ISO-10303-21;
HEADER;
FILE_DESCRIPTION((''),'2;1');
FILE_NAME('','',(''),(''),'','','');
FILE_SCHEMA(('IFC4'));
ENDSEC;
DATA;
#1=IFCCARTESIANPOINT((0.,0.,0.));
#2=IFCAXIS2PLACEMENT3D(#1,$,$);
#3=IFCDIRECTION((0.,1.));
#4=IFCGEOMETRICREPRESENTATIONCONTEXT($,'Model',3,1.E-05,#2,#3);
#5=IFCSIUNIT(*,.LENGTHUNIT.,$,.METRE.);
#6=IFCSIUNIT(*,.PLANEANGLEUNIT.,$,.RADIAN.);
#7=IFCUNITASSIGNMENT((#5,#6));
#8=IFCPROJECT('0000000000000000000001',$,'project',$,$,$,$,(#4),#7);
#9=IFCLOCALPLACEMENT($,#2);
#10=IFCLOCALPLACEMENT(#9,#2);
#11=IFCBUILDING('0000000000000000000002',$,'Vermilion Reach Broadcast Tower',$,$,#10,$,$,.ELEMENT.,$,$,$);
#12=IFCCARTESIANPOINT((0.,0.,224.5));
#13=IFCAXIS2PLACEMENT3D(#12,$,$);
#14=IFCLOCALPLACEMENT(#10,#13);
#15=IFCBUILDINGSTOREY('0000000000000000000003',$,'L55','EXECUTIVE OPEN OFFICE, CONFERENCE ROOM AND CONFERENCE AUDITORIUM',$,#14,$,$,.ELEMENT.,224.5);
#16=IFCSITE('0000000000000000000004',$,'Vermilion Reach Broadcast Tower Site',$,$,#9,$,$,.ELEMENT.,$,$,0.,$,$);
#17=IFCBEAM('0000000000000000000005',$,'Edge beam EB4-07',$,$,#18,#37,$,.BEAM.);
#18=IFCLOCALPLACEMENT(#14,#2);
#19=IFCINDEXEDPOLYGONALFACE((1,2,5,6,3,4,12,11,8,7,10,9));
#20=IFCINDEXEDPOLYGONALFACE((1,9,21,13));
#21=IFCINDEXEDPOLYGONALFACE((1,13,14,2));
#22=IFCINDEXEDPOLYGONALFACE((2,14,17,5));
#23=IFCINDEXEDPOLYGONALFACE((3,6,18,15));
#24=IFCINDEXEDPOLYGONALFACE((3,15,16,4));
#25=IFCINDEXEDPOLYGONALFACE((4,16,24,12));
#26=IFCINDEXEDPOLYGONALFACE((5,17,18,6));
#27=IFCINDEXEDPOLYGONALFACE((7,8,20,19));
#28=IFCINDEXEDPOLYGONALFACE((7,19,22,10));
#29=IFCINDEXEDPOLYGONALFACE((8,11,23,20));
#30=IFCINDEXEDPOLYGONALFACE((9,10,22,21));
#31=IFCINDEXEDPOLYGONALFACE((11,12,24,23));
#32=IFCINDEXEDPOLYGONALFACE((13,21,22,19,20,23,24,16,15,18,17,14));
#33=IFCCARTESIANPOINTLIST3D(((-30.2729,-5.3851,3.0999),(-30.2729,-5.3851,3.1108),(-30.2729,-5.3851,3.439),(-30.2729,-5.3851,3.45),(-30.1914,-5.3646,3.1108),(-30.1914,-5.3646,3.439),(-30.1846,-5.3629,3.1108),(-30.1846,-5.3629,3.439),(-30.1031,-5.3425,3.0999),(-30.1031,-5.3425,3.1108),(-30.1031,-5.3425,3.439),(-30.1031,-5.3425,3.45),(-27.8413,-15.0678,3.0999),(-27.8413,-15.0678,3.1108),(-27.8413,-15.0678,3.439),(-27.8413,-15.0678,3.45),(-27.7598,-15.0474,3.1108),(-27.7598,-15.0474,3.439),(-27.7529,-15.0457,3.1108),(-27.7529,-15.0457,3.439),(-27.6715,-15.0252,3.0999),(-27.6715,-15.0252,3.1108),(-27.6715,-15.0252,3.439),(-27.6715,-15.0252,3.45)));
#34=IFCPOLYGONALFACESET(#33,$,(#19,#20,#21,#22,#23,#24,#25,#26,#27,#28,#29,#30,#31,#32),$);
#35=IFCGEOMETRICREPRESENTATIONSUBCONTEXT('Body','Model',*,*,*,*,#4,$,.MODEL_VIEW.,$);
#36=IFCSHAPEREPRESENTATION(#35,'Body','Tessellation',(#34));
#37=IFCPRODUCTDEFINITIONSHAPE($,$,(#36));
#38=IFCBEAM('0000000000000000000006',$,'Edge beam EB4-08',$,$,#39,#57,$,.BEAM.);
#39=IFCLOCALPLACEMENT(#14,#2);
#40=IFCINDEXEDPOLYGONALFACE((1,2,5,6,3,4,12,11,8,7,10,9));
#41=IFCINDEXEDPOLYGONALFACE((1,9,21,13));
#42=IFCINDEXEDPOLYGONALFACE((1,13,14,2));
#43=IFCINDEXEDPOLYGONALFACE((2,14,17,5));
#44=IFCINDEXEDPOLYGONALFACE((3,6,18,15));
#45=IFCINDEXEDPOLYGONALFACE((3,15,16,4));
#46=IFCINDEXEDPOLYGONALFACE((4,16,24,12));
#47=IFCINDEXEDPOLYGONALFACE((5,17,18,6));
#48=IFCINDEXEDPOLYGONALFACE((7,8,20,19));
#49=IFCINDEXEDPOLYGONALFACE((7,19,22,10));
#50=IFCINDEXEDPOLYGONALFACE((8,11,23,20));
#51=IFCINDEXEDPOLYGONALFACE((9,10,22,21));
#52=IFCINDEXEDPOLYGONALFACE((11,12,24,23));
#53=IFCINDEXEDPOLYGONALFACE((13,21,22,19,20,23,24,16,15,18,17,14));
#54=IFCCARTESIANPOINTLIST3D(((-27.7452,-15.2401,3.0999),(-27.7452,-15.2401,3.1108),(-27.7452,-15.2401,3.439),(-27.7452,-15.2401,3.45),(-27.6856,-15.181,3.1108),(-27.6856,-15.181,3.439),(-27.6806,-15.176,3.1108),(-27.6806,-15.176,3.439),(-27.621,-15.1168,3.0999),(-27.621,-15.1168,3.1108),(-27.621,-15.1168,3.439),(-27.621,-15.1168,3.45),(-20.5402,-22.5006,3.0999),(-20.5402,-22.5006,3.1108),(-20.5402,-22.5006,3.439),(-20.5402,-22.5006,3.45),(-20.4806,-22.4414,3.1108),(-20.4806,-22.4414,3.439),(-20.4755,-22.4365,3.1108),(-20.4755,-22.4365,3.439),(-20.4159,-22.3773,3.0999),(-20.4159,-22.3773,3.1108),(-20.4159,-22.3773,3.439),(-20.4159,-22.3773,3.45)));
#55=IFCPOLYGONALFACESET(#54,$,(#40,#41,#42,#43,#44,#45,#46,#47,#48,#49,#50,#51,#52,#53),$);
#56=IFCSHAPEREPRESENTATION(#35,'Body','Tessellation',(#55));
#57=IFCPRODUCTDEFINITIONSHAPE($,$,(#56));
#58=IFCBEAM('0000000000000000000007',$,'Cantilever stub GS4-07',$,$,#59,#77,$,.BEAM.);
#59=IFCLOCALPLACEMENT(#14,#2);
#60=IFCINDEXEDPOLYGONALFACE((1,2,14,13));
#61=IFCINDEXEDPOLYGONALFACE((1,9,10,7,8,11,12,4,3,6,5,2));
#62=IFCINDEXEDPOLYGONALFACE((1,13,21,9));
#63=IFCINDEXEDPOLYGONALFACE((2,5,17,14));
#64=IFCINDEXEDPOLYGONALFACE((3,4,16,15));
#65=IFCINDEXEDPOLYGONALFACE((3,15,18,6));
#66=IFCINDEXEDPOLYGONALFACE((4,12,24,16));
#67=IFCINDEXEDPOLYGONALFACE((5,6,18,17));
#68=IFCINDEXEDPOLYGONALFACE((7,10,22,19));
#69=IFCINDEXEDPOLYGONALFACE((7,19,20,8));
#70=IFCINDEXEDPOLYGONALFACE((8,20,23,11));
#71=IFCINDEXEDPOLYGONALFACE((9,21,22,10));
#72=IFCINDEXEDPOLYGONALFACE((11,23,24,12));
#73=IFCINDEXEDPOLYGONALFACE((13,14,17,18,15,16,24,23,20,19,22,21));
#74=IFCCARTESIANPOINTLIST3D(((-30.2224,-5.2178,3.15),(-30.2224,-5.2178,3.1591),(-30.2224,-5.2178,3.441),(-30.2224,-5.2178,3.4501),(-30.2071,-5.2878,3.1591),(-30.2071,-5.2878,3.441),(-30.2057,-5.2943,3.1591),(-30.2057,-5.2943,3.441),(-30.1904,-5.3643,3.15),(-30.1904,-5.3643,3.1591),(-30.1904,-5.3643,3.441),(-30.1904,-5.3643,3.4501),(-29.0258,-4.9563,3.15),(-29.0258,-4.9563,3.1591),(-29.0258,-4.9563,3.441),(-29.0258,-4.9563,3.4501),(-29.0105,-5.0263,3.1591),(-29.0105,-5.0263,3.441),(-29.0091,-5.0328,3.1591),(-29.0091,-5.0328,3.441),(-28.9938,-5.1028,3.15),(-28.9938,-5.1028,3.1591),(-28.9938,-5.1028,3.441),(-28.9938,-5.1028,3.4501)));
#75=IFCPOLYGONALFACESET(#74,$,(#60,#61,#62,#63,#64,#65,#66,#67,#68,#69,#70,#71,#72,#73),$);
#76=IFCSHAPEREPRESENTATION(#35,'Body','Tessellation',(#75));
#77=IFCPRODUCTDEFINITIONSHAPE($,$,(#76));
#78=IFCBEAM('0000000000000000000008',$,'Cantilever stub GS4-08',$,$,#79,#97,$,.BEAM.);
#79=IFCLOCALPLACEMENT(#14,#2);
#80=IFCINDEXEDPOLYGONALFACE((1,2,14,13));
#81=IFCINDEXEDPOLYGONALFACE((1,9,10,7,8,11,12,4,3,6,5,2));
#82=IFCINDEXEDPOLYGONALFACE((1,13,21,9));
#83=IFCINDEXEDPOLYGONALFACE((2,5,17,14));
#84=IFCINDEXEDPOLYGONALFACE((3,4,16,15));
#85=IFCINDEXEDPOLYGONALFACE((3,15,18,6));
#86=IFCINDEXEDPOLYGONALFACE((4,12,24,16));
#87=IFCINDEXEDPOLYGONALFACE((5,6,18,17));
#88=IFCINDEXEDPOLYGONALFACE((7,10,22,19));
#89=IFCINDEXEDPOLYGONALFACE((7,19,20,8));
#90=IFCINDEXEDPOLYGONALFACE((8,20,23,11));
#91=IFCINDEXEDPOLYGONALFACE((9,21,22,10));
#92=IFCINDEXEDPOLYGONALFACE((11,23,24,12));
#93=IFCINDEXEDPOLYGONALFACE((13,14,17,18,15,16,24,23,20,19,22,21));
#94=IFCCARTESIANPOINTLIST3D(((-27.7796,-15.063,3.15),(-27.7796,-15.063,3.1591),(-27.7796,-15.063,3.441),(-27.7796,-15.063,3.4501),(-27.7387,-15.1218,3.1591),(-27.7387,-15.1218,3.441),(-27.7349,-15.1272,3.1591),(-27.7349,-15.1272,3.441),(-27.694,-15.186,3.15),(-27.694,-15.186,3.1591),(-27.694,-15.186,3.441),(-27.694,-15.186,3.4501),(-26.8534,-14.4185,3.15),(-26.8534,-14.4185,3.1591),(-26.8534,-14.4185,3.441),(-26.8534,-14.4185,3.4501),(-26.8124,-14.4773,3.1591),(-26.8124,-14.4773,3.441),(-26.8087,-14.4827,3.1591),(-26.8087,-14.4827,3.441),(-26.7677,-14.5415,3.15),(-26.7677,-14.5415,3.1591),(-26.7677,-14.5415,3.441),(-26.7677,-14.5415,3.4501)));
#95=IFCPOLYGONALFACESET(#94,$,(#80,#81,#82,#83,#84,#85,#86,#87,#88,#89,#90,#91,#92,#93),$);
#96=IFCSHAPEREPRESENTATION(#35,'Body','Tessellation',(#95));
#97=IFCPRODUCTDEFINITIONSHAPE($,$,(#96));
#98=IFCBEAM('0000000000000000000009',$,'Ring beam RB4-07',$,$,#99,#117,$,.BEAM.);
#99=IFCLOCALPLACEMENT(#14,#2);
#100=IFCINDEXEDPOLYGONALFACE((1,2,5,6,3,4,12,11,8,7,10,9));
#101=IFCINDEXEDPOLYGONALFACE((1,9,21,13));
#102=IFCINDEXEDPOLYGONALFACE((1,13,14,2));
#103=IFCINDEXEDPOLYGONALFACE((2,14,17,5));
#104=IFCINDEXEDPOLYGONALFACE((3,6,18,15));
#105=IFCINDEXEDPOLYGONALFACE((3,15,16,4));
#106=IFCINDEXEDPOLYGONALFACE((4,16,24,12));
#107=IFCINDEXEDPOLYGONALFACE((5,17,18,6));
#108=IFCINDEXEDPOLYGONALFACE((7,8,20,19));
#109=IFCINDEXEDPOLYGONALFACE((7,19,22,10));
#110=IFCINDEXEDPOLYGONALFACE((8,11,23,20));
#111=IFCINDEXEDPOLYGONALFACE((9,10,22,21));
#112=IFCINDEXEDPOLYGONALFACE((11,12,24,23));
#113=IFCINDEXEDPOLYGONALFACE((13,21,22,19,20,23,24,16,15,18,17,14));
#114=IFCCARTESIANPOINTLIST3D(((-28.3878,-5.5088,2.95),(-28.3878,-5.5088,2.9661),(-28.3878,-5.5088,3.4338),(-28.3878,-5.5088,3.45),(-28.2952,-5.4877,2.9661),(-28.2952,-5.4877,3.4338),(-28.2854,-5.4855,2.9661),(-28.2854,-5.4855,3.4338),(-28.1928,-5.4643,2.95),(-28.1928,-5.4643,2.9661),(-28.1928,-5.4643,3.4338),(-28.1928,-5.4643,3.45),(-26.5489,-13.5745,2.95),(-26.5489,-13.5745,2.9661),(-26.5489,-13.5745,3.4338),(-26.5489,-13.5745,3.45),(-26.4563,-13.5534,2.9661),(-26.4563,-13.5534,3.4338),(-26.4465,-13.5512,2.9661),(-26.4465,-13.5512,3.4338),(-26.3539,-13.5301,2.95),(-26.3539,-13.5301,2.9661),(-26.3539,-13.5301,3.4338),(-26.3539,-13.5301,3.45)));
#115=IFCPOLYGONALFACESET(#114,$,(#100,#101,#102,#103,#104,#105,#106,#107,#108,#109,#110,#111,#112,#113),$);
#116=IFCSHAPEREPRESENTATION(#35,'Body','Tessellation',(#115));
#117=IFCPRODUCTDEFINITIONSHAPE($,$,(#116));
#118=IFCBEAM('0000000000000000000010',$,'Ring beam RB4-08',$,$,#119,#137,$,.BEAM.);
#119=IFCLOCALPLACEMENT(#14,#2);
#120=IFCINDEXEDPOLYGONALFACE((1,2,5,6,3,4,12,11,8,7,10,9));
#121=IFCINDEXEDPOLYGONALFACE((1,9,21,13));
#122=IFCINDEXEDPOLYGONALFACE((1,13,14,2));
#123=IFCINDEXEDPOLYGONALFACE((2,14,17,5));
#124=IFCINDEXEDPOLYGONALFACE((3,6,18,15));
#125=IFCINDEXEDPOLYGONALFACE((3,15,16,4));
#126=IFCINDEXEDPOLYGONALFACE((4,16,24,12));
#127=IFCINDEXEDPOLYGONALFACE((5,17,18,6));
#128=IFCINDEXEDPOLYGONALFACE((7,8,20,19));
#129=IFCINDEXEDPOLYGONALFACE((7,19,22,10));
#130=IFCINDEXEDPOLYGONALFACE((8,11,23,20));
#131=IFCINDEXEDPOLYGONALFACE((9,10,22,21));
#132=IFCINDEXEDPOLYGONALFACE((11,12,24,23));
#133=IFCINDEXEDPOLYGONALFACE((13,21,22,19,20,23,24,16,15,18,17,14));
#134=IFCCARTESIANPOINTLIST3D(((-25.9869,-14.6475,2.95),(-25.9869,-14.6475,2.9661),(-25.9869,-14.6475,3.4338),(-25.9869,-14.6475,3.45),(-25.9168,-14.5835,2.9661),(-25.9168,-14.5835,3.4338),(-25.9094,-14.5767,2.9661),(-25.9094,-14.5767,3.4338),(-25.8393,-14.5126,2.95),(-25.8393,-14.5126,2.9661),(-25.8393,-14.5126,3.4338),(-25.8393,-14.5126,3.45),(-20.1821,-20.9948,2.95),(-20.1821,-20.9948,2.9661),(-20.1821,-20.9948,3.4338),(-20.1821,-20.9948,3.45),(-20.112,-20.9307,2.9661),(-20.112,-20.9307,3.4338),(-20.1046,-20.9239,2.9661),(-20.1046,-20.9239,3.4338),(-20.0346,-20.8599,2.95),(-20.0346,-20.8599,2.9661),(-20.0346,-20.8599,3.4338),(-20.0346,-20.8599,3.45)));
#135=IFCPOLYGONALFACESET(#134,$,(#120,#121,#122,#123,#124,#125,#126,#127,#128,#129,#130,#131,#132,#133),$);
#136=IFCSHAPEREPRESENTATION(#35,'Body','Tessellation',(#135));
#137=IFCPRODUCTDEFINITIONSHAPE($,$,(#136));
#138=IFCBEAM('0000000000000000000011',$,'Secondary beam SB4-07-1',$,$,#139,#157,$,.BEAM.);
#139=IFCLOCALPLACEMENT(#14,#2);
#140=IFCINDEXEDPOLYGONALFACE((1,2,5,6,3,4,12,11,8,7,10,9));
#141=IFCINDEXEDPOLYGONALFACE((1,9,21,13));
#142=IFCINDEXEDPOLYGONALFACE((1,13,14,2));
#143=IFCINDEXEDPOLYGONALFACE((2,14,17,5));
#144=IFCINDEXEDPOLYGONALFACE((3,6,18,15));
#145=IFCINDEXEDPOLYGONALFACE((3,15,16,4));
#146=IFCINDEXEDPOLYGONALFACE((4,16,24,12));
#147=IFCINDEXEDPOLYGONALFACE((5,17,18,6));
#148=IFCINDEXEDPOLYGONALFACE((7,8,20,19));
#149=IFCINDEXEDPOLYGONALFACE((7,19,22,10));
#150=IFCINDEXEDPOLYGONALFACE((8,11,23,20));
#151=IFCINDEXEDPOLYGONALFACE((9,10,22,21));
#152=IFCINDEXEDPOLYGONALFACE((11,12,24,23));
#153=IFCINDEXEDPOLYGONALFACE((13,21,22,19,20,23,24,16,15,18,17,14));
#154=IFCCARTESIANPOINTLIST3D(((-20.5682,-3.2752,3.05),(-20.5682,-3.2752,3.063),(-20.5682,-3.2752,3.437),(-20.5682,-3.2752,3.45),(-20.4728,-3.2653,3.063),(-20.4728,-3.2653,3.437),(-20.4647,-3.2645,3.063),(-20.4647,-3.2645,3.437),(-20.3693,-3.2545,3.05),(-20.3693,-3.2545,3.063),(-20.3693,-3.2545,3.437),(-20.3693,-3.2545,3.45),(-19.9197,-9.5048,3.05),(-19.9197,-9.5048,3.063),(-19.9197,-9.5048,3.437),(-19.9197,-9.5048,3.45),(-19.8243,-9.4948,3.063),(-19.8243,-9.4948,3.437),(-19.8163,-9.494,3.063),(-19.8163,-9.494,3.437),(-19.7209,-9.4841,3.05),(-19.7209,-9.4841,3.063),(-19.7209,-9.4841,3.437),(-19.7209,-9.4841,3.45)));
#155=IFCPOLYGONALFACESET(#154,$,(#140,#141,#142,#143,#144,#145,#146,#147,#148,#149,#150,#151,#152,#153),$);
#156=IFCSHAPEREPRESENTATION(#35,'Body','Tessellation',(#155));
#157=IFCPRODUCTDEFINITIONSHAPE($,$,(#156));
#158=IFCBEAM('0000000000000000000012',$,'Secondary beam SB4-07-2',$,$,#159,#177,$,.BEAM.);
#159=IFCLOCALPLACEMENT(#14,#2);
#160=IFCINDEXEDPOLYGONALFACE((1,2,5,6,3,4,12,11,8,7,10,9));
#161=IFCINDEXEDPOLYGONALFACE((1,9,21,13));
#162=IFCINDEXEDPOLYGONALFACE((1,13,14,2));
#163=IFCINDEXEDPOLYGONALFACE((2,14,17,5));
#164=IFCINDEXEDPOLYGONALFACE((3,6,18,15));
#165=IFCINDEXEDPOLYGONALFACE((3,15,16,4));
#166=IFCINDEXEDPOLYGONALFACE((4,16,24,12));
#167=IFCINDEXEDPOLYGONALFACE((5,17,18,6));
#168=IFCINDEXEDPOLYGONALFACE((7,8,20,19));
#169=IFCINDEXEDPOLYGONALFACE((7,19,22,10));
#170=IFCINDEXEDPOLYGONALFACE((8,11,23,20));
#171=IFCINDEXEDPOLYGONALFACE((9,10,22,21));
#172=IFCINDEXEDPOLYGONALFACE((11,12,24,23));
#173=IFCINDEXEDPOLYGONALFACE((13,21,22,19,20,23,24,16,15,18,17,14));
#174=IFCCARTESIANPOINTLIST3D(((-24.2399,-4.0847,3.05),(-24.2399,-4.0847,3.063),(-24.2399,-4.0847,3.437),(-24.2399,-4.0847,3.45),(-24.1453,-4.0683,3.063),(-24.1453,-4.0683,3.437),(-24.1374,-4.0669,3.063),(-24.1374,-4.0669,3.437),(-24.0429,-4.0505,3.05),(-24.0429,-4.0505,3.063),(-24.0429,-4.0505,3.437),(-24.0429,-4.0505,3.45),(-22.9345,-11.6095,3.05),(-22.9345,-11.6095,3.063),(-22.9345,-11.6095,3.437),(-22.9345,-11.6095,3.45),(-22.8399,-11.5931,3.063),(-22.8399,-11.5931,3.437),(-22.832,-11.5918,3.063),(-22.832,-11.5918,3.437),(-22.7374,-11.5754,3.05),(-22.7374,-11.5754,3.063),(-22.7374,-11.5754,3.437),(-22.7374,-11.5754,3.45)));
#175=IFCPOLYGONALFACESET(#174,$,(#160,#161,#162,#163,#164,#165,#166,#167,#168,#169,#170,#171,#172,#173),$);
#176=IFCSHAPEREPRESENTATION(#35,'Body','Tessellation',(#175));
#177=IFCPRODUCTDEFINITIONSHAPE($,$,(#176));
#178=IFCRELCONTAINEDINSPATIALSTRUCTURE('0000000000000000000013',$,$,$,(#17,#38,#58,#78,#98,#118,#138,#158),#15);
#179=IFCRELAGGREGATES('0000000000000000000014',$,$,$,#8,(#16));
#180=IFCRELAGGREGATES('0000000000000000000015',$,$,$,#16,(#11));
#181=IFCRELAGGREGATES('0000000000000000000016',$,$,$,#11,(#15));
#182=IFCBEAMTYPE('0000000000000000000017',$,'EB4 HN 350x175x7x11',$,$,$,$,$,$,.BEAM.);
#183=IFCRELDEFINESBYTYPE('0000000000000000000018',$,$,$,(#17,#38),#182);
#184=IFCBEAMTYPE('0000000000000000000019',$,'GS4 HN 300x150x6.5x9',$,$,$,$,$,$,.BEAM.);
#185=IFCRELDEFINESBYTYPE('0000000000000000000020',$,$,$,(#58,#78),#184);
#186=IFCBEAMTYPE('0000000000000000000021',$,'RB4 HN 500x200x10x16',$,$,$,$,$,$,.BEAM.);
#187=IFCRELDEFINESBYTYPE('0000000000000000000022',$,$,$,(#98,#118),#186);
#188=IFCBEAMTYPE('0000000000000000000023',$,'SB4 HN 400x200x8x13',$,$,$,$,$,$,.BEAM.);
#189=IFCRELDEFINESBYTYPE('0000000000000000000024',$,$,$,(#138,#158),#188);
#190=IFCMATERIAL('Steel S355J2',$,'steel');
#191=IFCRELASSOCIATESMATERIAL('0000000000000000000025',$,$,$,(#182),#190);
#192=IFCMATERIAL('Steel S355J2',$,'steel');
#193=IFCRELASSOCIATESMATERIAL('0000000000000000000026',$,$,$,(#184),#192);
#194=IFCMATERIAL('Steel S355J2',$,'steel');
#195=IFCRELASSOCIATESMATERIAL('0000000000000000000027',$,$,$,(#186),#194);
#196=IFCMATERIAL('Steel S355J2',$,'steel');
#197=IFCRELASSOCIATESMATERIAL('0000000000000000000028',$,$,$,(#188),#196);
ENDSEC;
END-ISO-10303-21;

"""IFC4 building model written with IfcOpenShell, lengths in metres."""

from ifc_helpers import new_model, si_unit, direction, frame, origin, origin_2d, place, context, subcontext, project, spatial, i_section, extrude, material, material_profile, profile_set, type_object, element, save


model = new_model("IFC4")

# Units and contexts
model_context = context("Model", 3, precision=1e-05, world=origin(), true_north=direction((0.0, 1.0)))
body_context = subcontext(model_context, "Body", "Model", "MODEL_VIEW")
ifc_project = project(units=[si_unit("LENGTHUNIT", "METRE"), si_unit("PLANEANGLEUNIT", "RADIAN")], contexts=[model_context])

# Site, building, storey
site_placement = place(None, origin())
site = spatial("IfcSite", under=ifc_project, at=site_placement, Name="Vermilion Reach Broadcast Tower Site", CompositionType="ELEMENT", RefElevation=0.0)
building_placement = place(site_placement, origin())
building = spatial("IfcBuilding", under=site, at=building_placement, Name="Vermilion Reach Broadcast Tower", CompositionType="ELEMENT")
storey_placement = place(building_placement, frame((0.0, 0.0, 224.5)))
storey = spatial("IfcBuildingStorey", under=building, at=storey_placement, Name="L55", Description="EXECUTIVE OPEN OFFICE, CONFERENCE ROOM AND CONFERENCE AUDITORIUM", CompositionType="ELEMENT", Elevation=224.5)

# Beams
ifc_material_1 = material(Name="Steel S355J2", Category="steel")
ifc_material_profile_1 = material_profile(ifc_material_1, i_section(OverallWidth=0.175, OverallDepth=0.3501, WebThickness=0.0071, FlangeThickness=0.011, at=origin_2d()), Name="S355J2 HN 350x175x7x11")
ifc_profile_set_1 = profile_set([ifc_material_profile_1], Name="Steel S355J2")
beam_type_1 = type_object("IfcBeamType", Name="EB4 HN 350x175x7x11", PredefinedType="BEAM", material=ifc_profile_set_1)
beam_1_placement = place(storey_placement, frame((-30.188, -5.3638, 3.2749), z_axis=(0.243565, -0.969884, 0.0), x_axis=(0.969884, 0.243565, 0.0)))
element("IfcBeam", 1, at=beam_1_placement, inside=storey, type_object=beam_type_1, Name="Edge beam EB4-07", PredefinedType="BEAM", context=body_context, shape_type="SweptSolid", body=[
    extrude(i_section(OverallWidth=0.175, OverallDepth=0.3501, WebThickness=0.0071, FlangeThickness=0.011, at=origin_2d()), origin(), (0.0, 0.0, 1.0), 9.9834),
])
beam_2_placement = place(storey_placement, frame((-27.6831, -15.1785, 3.2749), z_axis=(0.704393, -0.709811, 0.0), x_axis=(0.709811, 0.704393, 0.0)))
element("IfcBeam", 2, at=beam_2_placement, inside=storey, type_object=beam_type_1, Name="Edge beam EB4-08", PredefinedType="BEAM", context=body_context, shape_type="SweptSolid", body=[
    extrude(i_section(OverallWidth=0.175, OverallDepth=0.3501, WebThickness=0.0071, FlangeThickness=0.011, at=origin_2d()), origin(), (0.0, 0.0, 1.0), 10.2288),
])
ifc_material_2 = material(Name="Steel S355J2", Category="steel")
ifc_material_profile_2 = material_profile(ifc_material_2, i_section(OverallWidth=0.1499, OverallDepth=0.3, WebThickness=0.0066, FlangeThickness=0.009, at=origin_2d()), Name="S355J2 HN 300x150x6.5x9")
ifc_profile_set_2 = profile_set([ifc_material_profile_2], Name="Steel S355J2")
beam_type_2 = type_object("IfcBeamType", Name="GS4 HN 300x150x6.5x9", PredefinedType="BEAM", material=ifc_profile_set_2)
beam_3_placement = place(storey_placement, frame((-29.0098, -5.0295, 3.3), z_axis=(-0.976946, -0.213489, 0.0), x_axis=(0.213489, -0.976946, 0.0)))
element("IfcBeam", 3, at=beam_3_placement, inside=storey, type_object=beam_type_2, Name="Cantilever stub GS4-07", PredefinedType="BEAM", context=body_context, shape_type="SweptSolid", body=[
    extrude(i_section(OverallWidth=0.1499, OverallDepth=0.3, WebThickness=0.0066, FlangeThickness=0.009, at=origin_2d()), origin(), (0.0, 0.0, 1.0), 1.2249),
])
beam_4_placement = place(storey_placement, frame((-26.8105, -14.48, 3.3), z_axis=(-0.820835, -0.571166, 0.0), x_axis=(0.571166, -0.820835, 0.0)))
element("IfcBeam", 4, at=beam_4_placement, inside=storey, type_object=beam_type_2, Name="Cantilever stub GS4-08", PredefinedType="BEAM", context=body_context, shape_type="SweptSolid", body=[
    extrude(i_section(OverallWidth=0.1499, OverallDepth=0.3, WebThickness=0.0066, FlangeThickness=0.009, at=origin_2d()), origin(), (0.0, 0.0, 1.0), 1.1284),
])
ifc_material_3 = material(Name="Steel S355J2", Category="steel")
ifc_material_profile_3 = material_profile(ifc_material_3, i_section(OverallWidth=0.2, OverallDepth=0.5, WebThickness=0.01, FlangeThickness=0.0161, at=origin_2d()), Name="S355J2 HN 500x200x10x16")
ifc_profile_set_3 = profile_set([ifc_material_profile_3], Name="Steel S355J2")
beam_type_3 = type_object("IfcBeamType", Name="RB4 HN 500x200x10x16", PredefinedType="BEAM", material=ifc_profile_set_3)
beam_5_placement = place(storey_placement, frame((-28.2903, -5.4866, 3.2), z_axis=(0.222283, -0.974982, 0.0), x_axis=(0.974982, 0.222283, 0.0)))
element("IfcBeam", 5, at=beam_5_placement, inside=storey, type_object=beam_type_3, Name="Ring beam RB4-07", PredefinedType="BEAM", context=body_context, shape_type="SweptSolid", body=[
    extrude(i_section(OverallWidth=0.2, OverallDepth=0.5, WebThickness=0.01, FlangeThickness=0.0161, at=origin_2d()), origin(), (0.0, 0.0, 1.0), 8.2727),
])
beam_6_placement = place(storey_placement, frame((-25.9131, -14.5801, 3.2), z_axis=(0.674868, -0.737938, 0.0), x_axis=(0.737938, 0.674868, 0.0)))
element("IfcBeam", 6, at=beam_6_placement, inside=storey, type_object=beam_type_3, Name="Ring beam RB4-08", PredefinedType="BEAM", context=body_context, shape_type="SweptSolid", body=[
    extrude(i_section(OverallWidth=0.2, OverallDepth=0.5, WebThickness=0.01, FlangeThickness=0.0161, at=origin_2d()), origin(), (0.0, 0.0, 1.0), 8.6013),
])
ifc_material_4 = material(Name="Steel S355J2", Category="steel")
ifc_material_profile_4 = material_profile(ifc_material_4, i_section(OverallWidth=0.2, OverallDepth=0.3999, WebThickness=0.0081, FlangeThickness=0.0129, at=origin_2d()), Name="S355J2 HN 400x200x8x13")
ifc_profile_set_4 = profile_set([ifc_material_profile_4], Name="Steel S355J2")
beam_type_4 = type_object("IfcBeamType", Name="SB4 HN 400x200x8x13", PredefinedType="BEAM", material=ifc_profile_set_4)
beam_7_placement = place(storey_placement, frame((-20.4688, -3.2649, 3.25), z_axis=(0.103532, -0.994626, 0.0), x_axis=(0.994626, 0.103532, 0.0)))
element("IfcBeam", 7, at=beam_7_placement, inside=storey, type_object=beam_type_4, Name="Secondary beam SB4-07-1", PredefinedType="BEAM", context=body_context, shape_type="SweptSolid", body=[
    extrude(i_section(OverallWidth=0.2, OverallDepth=0.3999, WebThickness=0.0081, FlangeThickness=0.0129, at=origin_2d()), origin(), (0.0, 0.0, 1.0), 6.2632),
])
beam_8_placement = place(storey_placement, frame((-24.1414, -4.0676, 3.25), z_axis=(0.170927, -0.985284, 0.0), x_axis=(0.985284, 0.170927, 0.0)))
element("IfcBeam", 8, at=beam_8_placement, inside=storey, type_object=beam_type_4, Name="Secondary beam SB4-07-2", PredefinedType="BEAM", context=body_context, shape_type="SweptSolid", body=[
    extrude(i_section(OverallWidth=0.2, OverallDepth=0.3999, WebThickness=0.0081, FlangeThickness=0.0129, at=origin_2d()), origin(), (0.0, 0.0, 1.0), 7.6372),
])

save(model, "model.ifc")
